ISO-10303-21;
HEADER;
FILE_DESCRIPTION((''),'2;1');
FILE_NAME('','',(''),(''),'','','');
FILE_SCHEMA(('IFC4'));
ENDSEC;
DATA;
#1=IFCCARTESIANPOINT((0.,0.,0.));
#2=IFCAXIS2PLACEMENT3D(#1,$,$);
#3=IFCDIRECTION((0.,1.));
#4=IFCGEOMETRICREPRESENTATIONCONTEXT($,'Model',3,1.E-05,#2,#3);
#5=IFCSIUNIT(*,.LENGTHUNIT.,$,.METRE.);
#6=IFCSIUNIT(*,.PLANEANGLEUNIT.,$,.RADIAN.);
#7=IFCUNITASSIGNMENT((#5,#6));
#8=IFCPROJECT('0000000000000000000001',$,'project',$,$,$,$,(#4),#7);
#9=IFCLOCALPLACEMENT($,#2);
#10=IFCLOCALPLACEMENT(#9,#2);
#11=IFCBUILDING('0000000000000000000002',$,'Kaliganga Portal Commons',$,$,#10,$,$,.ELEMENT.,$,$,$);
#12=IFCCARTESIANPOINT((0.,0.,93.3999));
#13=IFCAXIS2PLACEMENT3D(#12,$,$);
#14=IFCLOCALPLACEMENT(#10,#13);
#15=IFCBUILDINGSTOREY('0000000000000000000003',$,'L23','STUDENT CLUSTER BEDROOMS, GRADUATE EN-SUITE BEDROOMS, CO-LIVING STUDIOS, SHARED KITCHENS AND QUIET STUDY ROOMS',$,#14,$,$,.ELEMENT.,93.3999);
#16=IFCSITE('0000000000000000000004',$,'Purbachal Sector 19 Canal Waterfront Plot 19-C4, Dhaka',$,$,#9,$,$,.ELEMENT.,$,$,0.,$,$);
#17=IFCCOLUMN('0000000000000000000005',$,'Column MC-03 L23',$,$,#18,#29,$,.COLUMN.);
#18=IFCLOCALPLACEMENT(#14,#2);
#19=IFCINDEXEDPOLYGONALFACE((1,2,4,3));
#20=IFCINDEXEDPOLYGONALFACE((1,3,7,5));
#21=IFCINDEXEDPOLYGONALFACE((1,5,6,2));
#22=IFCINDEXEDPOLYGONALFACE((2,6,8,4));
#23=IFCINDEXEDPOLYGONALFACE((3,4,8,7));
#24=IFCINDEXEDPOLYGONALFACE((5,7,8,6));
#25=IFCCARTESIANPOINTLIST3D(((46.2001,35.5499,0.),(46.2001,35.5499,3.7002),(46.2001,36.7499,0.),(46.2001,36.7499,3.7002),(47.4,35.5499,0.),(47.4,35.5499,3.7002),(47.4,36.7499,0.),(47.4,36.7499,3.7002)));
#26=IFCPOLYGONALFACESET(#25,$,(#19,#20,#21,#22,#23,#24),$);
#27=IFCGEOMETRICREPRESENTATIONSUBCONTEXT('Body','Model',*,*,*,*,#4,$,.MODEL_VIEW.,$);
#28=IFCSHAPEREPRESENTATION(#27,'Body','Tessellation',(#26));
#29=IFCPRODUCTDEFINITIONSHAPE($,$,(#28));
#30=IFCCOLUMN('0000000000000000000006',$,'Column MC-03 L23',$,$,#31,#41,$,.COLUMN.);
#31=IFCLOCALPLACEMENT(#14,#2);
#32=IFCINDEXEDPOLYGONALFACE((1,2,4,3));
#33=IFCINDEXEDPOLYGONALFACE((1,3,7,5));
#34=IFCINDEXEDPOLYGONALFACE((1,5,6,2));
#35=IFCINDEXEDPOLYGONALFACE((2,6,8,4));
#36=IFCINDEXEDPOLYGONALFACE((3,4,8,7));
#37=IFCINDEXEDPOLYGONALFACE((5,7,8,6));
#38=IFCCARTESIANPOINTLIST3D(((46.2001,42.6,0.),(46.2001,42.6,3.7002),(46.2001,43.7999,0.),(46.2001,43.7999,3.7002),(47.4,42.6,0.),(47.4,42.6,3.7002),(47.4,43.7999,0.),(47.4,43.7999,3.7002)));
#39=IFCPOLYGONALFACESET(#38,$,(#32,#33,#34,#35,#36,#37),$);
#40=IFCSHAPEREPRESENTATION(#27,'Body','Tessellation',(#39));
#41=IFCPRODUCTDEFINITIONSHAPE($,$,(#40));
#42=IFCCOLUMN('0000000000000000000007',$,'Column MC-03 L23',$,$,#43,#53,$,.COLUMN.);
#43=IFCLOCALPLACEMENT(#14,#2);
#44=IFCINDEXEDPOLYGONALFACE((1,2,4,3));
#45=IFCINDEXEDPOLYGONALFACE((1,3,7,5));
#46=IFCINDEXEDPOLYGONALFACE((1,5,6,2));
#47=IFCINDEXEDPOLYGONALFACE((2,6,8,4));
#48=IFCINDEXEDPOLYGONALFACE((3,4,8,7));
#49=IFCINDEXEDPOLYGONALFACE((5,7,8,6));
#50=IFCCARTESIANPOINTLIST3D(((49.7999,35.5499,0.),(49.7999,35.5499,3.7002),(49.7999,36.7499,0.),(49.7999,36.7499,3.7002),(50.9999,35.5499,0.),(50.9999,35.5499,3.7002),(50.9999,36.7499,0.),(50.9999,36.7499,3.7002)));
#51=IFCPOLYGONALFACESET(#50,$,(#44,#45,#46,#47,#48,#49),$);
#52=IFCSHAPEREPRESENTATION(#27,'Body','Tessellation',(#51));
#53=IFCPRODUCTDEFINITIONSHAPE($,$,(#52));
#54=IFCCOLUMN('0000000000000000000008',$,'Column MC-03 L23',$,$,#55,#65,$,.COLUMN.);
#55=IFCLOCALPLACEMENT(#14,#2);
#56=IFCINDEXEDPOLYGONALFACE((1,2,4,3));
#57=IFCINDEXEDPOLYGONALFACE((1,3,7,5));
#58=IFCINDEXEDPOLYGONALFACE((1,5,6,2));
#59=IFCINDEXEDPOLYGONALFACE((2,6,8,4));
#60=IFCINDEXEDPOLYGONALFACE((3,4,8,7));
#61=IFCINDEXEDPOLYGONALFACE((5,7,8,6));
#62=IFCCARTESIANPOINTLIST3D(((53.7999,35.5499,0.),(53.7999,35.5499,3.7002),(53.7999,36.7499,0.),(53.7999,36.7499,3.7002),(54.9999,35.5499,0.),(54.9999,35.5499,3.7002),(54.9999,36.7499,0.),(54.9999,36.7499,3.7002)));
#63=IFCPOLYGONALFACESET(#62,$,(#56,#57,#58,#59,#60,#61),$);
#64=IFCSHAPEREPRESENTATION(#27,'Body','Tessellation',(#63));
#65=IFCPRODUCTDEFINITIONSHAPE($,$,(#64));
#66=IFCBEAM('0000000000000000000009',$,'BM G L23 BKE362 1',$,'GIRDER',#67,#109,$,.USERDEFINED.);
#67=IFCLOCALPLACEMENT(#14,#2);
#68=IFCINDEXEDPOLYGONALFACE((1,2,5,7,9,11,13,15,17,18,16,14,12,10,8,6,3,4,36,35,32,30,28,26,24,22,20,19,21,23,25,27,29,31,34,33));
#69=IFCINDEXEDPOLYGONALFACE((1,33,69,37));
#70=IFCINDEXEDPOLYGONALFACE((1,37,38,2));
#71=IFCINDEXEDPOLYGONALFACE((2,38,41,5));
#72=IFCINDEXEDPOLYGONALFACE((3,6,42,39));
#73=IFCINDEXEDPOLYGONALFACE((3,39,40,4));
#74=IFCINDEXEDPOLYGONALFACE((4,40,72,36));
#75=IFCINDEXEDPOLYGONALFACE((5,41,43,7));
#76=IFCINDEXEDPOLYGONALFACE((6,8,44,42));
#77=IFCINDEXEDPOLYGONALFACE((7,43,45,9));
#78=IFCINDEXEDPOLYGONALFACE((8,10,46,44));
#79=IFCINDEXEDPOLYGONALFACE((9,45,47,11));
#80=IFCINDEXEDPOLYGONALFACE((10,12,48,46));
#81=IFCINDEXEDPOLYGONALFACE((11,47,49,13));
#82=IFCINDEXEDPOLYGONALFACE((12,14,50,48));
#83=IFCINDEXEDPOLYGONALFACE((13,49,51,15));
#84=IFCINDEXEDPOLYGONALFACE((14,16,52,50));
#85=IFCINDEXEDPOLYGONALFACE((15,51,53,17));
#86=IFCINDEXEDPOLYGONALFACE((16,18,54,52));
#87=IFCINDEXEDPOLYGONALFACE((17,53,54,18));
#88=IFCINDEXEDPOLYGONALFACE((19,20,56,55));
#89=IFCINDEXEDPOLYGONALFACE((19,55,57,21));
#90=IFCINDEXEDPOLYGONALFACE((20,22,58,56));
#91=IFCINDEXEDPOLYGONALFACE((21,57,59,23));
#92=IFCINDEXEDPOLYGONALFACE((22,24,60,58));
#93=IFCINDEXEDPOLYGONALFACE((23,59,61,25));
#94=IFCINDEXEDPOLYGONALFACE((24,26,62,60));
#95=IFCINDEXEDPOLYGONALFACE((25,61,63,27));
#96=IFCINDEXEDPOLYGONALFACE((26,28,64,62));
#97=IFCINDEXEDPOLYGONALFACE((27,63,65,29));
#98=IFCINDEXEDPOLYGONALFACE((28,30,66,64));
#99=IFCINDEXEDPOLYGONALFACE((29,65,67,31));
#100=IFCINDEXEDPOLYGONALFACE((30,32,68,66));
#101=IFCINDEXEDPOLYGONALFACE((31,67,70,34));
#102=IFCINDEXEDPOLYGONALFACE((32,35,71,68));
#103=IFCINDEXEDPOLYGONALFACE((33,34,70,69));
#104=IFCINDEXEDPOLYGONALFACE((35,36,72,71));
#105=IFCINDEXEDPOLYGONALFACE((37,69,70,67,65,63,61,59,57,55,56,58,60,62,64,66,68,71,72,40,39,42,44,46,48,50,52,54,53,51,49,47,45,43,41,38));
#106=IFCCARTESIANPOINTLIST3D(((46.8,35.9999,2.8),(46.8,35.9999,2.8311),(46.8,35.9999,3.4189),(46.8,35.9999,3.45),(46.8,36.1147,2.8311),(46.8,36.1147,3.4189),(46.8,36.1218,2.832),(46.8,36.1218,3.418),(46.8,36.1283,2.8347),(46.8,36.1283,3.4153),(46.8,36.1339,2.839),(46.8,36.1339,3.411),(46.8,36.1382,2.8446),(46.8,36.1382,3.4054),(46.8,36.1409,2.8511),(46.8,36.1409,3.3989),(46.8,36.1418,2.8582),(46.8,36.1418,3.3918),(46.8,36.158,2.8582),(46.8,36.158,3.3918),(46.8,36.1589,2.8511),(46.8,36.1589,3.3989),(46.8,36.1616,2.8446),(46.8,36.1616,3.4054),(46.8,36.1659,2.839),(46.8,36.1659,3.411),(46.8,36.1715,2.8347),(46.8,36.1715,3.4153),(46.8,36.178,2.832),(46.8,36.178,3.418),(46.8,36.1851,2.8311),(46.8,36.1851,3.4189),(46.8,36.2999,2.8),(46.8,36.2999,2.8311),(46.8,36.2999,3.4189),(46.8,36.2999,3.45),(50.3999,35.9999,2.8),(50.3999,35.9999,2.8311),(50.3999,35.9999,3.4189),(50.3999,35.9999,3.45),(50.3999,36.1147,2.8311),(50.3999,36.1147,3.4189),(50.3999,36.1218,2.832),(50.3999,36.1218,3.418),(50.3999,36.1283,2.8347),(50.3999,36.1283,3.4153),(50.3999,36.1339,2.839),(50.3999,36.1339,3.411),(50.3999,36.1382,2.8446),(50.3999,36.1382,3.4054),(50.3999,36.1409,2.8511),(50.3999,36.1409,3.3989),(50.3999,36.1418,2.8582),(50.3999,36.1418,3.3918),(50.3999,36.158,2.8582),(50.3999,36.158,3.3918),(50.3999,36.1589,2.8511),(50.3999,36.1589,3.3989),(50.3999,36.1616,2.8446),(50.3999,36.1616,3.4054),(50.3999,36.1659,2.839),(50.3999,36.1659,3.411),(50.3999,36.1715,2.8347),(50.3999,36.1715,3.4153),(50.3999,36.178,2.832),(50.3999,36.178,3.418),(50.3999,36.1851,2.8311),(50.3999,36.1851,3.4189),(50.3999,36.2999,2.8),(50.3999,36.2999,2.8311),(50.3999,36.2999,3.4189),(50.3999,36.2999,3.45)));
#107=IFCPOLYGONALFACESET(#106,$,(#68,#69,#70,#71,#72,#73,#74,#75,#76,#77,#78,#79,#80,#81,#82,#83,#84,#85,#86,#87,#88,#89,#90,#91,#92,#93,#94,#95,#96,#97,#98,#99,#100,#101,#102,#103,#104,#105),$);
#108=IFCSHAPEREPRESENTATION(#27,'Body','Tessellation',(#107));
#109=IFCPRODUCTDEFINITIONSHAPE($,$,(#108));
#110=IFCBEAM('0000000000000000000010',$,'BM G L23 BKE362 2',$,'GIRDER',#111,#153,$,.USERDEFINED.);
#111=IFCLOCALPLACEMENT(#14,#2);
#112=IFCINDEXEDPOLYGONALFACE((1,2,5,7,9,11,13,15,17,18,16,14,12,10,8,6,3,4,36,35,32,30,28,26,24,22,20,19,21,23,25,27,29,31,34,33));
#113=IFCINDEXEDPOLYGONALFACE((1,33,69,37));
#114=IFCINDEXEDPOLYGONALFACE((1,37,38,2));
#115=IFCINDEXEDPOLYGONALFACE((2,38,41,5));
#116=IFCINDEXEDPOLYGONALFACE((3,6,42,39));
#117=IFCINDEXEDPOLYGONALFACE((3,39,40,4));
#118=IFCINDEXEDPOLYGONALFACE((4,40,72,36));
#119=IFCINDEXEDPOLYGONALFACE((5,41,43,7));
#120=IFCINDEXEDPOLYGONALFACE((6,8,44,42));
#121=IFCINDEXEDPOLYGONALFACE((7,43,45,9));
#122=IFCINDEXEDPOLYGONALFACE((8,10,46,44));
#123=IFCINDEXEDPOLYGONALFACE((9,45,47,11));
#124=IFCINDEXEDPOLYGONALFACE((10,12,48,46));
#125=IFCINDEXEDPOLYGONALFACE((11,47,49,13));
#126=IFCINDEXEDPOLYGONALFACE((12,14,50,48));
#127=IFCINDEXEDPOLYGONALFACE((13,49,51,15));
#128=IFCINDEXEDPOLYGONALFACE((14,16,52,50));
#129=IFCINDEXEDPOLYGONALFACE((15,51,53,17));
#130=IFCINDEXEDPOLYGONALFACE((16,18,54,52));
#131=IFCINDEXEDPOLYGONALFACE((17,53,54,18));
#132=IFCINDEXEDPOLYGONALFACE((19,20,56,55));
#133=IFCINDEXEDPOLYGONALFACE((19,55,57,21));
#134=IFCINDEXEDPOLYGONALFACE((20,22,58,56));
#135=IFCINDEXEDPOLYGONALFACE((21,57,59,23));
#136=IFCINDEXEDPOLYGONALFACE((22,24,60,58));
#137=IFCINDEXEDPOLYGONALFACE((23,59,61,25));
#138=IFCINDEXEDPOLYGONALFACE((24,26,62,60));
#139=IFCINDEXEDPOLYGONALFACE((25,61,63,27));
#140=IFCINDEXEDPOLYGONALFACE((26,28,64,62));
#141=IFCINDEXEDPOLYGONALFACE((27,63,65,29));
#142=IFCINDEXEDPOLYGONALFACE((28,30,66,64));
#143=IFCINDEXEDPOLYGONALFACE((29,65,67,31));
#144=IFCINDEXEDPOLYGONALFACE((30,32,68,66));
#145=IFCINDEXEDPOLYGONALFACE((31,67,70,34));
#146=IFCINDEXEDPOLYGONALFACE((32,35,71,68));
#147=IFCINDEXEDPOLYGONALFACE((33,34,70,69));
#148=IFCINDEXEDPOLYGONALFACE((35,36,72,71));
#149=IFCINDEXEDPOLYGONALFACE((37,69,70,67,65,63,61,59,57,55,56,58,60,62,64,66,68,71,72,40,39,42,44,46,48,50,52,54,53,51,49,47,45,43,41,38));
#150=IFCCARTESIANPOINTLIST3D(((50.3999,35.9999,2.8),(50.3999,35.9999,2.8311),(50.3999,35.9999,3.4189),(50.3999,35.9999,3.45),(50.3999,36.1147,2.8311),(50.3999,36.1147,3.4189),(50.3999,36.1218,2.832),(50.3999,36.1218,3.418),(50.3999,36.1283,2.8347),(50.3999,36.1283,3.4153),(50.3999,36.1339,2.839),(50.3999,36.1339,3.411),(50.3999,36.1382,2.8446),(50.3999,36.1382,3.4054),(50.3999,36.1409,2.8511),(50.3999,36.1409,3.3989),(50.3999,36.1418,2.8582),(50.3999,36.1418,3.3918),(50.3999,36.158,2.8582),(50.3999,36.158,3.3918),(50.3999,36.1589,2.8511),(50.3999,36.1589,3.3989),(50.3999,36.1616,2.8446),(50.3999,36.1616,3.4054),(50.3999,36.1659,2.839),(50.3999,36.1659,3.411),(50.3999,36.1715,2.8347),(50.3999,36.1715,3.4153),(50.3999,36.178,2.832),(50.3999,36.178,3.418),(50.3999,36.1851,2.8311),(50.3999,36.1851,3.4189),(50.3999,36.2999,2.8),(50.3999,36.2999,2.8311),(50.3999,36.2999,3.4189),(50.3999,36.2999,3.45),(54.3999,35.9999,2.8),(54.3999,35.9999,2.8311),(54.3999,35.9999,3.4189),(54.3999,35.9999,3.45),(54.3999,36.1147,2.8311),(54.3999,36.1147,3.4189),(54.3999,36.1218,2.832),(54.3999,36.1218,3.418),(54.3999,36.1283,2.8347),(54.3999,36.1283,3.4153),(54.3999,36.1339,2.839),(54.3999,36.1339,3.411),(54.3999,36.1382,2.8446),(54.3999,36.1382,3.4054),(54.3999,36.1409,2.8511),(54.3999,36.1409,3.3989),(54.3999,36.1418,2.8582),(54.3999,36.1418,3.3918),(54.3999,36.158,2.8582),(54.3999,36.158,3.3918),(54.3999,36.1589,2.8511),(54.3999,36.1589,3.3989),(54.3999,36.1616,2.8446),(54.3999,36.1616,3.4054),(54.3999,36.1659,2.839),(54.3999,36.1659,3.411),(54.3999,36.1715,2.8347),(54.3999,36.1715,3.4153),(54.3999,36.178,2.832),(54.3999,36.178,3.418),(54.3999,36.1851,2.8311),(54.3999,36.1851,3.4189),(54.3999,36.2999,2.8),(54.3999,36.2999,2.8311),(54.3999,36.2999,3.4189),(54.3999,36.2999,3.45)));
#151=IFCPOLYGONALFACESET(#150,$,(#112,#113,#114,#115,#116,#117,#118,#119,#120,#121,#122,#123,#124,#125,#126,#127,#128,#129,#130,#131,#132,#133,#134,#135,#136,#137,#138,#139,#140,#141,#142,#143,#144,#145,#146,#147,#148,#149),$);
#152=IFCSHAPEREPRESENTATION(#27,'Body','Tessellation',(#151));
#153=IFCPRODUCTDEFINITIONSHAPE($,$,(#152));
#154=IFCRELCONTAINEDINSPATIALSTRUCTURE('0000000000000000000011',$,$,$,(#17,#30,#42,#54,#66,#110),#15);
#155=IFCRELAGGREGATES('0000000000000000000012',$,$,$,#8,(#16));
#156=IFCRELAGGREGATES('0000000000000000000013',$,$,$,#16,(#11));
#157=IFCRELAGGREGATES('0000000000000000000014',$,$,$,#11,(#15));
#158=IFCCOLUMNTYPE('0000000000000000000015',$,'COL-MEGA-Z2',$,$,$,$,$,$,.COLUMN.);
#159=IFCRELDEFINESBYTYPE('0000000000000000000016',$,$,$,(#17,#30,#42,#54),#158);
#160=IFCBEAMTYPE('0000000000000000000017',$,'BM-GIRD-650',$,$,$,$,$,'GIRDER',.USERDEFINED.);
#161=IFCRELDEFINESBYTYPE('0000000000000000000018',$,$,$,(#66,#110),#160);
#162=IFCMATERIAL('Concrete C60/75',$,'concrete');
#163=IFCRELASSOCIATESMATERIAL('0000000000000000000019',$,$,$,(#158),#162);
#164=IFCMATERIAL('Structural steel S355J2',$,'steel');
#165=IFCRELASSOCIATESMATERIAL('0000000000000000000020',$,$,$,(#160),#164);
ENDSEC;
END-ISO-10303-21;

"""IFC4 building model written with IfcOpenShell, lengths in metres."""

from ifc_helpers import new_model, si_unit, direction, frame, origin, origin_2d, place, context, subcontext, project, spatial, rectangle, i_section, extrude, source, transform, mapped, material, material_profile, profile_set, type_object, element, save


model = new_model("IFC4")

# Units and contexts
model_context = context("Model", 3, precision=1e-05, world=origin(), true_north=direction((0.0, 1.0)))
body_context = subcontext(model_context, "Body", "Model", "MODEL_VIEW")
ifc_project = project(units=[si_unit("LENGTHUNIT", "METRE"), si_unit("PLANEANGLEUNIT", "RADIAN")], contexts=[model_context])

# Site, building, storey
site_placement = place(None, origin())
site = spatial("IfcSite", under=ifc_project, at=site_placement, Name="Purbachal Sector 19 Canal Waterfront Plot 19-C4, Dhaka", CompositionType="ELEMENT", RefElevation=0.0)
building_placement = place(site_placement, origin())
building = spatial("IfcBuilding", under=site, at=building_placement, Name="Kaliganga Portal Commons", CompositionType="ELEMENT")
storey_placement = place(building_placement, frame((0.0, 0.0, 93.3999)))
storey = spatial("IfcBuildingStorey", under=building, at=storey_placement, Name="L23", Description="STUDENT CLUSTER BEDROOMS, GRADUATE EN-SUITE BEDROOMS, CO-LIVING STUDIOS, SHARED KITCHENS AND QUIET STUDY ROOMS", CompositionType="ELEMENT", Elevation=93.3999)

# Columns
ifc_material_1 = material(Name="Concrete C60/75", Category="concrete")
ifc_material_profile_1 = material_profile(ifc_material_1, rectangle(XDim=1.2, YDim=1.2, at=origin_2d()), Name="RC 1200x1200")
ifc_profile_set_1 = profile_set([ifc_material_profile_1], Name="Concrete C60/75")
column_type = type_object("IfcColumnType", Name="COL-MEGA-Z2", PredefinedType="COLUMN", material=ifc_profile_set_1)
shared_shape_1 = source(origin(), body_context, "Body", "SweptSolid", [
    extrude(rectangle(XDim=1.2, YDim=1.2, at=origin_2d()), origin(), (0.0, 0.0, 1.0), 3.7002),
])
for number, where, z_axis, x_axis, name in (
    (1, (46.8, 36.1499, 0.0), (0.0, 0.0, 1.0), (1.0, 0.0, 0.0), "Column MC-03 L23"),
    (2, (46.8, 43.2, 0.0), (0.0, 0.0, 1.0), (1.0, 0.0, 0.0), "Column MC-03 L23"),
    (3, (50.3999, 36.1499, 0.0), (0.0, 0.0, 1.0), (1.0, 0.0, 0.0), "Column MC-03 L23"),
    (4, (54.3999, 36.1499, 0.0), (0.0, 0.0, 1.0), (1.0, 0.0, 0.0), "Column MC-03 L23"),
):
    element("IfcColumn", number, at=place(storey_placement, frame(where, z_axis=z_axis, x_axis=x_axis)), inside=storey, type_object=column_type, Name=name, PredefinedType="COLUMN", context=body_context, shape_type="MappedRepresentation", body=[
        mapped(shared_shape_1, transform((0.0, 0.0, 0.0), x_axis=(1.0, 0.0, 0.0), y_axis=(0.0, 1.0, 0.0), z_axis=(0.0, 0.0, 1.0), scale=1.0)),
    ])

# Beams
ifc_material_2 = material(Name="Structural steel S355J2", Category="steel")
ifc_material_profile_2 = material_profile(ifc_material_2, i_section(OverallWidth=0.3, OverallDepth=0.6499, WebThickness=0.0161, FlangeThickness=0.031, FilletRadius=0.0271, at=origin_2d()), Name="HE 650 B")
ifc_profile_set_2 = profile_set([ifc_material_profile_2], Name="Structural steel S355J2 wide-flange")
beam_type_1 = type_object("IfcBeamType", Name="BM-GIRD-650", ElementType="GIRDER", PredefinedType="USERDEFINED", material=ifc_profile_set_2)
shared_shape_2 = source(origin(), body_context, "Body", "SweptSolid", [
    extrude(i_section(OverallWidth=0.3, OverallDepth=0.6499, WebThickness=0.0161, FlangeThickness=0.031, FilletRadius=0.0271, at=origin_2d()), origin(), (0.0, 0.0, 1.0), 3.5999),
])
beam_1_placement = place(storey_placement, frame((46.8, 36.1499, 3.125), z_axis=(1.0, 0.0, 0.0), x_axis=(0.0, 1.0, 0.0)))
element("IfcBeam", 5, at=beam_1_placement, inside=storey, type_object=beam_type_1, Name="BM G L23 BKE362 1", ObjectType="GIRDER", PredefinedType="USERDEFINED", context=body_context, shape_type="MappedRepresentation", body=[
    mapped(shared_shape_2, transform((0.0, 0.0, 0.0), x_axis=(1.0, 0.0, 0.0), y_axis=(0.0, 1.0, 0.0), z_axis=(0.0, 0.0, 1.0), scale=1.0)),
])
shared_shape_3 = source(origin(), body_context, "Body", "SweptSolid", [
    extrude(i_section(OverallWidth=0.3, OverallDepth=0.6499, WebThickness=0.0161, FlangeThickness=0.031, FilletRadius=0.0271, at=origin_2d()), origin(), (0.0, 0.0, 1.0), 4.0),
])
beam_2_placement = place(storey_placement, frame((50.3999, 36.1499, 3.125), z_axis=(1.0, 0.0, 0.0), x_axis=(0.0, 1.0, 0.0)))
element("IfcBeam", 6, at=beam_2_placement, inside=storey, type_object=beam_type_1, Name="BM G L23 BKE362 2", ObjectType="GIRDER", PredefinedType="USERDEFINED", context=body_context, shape_type="MappedRepresentation", body=[
    mapped(shared_shape_3, transform((0.0, 0.0, 0.0), x_axis=(1.0, 0.0, 0.0), y_axis=(0.0, 1.0, 0.0), z_axis=(0.0, 0.0, 1.0), scale=1.0)),
])

save(model, "model.ifc")
